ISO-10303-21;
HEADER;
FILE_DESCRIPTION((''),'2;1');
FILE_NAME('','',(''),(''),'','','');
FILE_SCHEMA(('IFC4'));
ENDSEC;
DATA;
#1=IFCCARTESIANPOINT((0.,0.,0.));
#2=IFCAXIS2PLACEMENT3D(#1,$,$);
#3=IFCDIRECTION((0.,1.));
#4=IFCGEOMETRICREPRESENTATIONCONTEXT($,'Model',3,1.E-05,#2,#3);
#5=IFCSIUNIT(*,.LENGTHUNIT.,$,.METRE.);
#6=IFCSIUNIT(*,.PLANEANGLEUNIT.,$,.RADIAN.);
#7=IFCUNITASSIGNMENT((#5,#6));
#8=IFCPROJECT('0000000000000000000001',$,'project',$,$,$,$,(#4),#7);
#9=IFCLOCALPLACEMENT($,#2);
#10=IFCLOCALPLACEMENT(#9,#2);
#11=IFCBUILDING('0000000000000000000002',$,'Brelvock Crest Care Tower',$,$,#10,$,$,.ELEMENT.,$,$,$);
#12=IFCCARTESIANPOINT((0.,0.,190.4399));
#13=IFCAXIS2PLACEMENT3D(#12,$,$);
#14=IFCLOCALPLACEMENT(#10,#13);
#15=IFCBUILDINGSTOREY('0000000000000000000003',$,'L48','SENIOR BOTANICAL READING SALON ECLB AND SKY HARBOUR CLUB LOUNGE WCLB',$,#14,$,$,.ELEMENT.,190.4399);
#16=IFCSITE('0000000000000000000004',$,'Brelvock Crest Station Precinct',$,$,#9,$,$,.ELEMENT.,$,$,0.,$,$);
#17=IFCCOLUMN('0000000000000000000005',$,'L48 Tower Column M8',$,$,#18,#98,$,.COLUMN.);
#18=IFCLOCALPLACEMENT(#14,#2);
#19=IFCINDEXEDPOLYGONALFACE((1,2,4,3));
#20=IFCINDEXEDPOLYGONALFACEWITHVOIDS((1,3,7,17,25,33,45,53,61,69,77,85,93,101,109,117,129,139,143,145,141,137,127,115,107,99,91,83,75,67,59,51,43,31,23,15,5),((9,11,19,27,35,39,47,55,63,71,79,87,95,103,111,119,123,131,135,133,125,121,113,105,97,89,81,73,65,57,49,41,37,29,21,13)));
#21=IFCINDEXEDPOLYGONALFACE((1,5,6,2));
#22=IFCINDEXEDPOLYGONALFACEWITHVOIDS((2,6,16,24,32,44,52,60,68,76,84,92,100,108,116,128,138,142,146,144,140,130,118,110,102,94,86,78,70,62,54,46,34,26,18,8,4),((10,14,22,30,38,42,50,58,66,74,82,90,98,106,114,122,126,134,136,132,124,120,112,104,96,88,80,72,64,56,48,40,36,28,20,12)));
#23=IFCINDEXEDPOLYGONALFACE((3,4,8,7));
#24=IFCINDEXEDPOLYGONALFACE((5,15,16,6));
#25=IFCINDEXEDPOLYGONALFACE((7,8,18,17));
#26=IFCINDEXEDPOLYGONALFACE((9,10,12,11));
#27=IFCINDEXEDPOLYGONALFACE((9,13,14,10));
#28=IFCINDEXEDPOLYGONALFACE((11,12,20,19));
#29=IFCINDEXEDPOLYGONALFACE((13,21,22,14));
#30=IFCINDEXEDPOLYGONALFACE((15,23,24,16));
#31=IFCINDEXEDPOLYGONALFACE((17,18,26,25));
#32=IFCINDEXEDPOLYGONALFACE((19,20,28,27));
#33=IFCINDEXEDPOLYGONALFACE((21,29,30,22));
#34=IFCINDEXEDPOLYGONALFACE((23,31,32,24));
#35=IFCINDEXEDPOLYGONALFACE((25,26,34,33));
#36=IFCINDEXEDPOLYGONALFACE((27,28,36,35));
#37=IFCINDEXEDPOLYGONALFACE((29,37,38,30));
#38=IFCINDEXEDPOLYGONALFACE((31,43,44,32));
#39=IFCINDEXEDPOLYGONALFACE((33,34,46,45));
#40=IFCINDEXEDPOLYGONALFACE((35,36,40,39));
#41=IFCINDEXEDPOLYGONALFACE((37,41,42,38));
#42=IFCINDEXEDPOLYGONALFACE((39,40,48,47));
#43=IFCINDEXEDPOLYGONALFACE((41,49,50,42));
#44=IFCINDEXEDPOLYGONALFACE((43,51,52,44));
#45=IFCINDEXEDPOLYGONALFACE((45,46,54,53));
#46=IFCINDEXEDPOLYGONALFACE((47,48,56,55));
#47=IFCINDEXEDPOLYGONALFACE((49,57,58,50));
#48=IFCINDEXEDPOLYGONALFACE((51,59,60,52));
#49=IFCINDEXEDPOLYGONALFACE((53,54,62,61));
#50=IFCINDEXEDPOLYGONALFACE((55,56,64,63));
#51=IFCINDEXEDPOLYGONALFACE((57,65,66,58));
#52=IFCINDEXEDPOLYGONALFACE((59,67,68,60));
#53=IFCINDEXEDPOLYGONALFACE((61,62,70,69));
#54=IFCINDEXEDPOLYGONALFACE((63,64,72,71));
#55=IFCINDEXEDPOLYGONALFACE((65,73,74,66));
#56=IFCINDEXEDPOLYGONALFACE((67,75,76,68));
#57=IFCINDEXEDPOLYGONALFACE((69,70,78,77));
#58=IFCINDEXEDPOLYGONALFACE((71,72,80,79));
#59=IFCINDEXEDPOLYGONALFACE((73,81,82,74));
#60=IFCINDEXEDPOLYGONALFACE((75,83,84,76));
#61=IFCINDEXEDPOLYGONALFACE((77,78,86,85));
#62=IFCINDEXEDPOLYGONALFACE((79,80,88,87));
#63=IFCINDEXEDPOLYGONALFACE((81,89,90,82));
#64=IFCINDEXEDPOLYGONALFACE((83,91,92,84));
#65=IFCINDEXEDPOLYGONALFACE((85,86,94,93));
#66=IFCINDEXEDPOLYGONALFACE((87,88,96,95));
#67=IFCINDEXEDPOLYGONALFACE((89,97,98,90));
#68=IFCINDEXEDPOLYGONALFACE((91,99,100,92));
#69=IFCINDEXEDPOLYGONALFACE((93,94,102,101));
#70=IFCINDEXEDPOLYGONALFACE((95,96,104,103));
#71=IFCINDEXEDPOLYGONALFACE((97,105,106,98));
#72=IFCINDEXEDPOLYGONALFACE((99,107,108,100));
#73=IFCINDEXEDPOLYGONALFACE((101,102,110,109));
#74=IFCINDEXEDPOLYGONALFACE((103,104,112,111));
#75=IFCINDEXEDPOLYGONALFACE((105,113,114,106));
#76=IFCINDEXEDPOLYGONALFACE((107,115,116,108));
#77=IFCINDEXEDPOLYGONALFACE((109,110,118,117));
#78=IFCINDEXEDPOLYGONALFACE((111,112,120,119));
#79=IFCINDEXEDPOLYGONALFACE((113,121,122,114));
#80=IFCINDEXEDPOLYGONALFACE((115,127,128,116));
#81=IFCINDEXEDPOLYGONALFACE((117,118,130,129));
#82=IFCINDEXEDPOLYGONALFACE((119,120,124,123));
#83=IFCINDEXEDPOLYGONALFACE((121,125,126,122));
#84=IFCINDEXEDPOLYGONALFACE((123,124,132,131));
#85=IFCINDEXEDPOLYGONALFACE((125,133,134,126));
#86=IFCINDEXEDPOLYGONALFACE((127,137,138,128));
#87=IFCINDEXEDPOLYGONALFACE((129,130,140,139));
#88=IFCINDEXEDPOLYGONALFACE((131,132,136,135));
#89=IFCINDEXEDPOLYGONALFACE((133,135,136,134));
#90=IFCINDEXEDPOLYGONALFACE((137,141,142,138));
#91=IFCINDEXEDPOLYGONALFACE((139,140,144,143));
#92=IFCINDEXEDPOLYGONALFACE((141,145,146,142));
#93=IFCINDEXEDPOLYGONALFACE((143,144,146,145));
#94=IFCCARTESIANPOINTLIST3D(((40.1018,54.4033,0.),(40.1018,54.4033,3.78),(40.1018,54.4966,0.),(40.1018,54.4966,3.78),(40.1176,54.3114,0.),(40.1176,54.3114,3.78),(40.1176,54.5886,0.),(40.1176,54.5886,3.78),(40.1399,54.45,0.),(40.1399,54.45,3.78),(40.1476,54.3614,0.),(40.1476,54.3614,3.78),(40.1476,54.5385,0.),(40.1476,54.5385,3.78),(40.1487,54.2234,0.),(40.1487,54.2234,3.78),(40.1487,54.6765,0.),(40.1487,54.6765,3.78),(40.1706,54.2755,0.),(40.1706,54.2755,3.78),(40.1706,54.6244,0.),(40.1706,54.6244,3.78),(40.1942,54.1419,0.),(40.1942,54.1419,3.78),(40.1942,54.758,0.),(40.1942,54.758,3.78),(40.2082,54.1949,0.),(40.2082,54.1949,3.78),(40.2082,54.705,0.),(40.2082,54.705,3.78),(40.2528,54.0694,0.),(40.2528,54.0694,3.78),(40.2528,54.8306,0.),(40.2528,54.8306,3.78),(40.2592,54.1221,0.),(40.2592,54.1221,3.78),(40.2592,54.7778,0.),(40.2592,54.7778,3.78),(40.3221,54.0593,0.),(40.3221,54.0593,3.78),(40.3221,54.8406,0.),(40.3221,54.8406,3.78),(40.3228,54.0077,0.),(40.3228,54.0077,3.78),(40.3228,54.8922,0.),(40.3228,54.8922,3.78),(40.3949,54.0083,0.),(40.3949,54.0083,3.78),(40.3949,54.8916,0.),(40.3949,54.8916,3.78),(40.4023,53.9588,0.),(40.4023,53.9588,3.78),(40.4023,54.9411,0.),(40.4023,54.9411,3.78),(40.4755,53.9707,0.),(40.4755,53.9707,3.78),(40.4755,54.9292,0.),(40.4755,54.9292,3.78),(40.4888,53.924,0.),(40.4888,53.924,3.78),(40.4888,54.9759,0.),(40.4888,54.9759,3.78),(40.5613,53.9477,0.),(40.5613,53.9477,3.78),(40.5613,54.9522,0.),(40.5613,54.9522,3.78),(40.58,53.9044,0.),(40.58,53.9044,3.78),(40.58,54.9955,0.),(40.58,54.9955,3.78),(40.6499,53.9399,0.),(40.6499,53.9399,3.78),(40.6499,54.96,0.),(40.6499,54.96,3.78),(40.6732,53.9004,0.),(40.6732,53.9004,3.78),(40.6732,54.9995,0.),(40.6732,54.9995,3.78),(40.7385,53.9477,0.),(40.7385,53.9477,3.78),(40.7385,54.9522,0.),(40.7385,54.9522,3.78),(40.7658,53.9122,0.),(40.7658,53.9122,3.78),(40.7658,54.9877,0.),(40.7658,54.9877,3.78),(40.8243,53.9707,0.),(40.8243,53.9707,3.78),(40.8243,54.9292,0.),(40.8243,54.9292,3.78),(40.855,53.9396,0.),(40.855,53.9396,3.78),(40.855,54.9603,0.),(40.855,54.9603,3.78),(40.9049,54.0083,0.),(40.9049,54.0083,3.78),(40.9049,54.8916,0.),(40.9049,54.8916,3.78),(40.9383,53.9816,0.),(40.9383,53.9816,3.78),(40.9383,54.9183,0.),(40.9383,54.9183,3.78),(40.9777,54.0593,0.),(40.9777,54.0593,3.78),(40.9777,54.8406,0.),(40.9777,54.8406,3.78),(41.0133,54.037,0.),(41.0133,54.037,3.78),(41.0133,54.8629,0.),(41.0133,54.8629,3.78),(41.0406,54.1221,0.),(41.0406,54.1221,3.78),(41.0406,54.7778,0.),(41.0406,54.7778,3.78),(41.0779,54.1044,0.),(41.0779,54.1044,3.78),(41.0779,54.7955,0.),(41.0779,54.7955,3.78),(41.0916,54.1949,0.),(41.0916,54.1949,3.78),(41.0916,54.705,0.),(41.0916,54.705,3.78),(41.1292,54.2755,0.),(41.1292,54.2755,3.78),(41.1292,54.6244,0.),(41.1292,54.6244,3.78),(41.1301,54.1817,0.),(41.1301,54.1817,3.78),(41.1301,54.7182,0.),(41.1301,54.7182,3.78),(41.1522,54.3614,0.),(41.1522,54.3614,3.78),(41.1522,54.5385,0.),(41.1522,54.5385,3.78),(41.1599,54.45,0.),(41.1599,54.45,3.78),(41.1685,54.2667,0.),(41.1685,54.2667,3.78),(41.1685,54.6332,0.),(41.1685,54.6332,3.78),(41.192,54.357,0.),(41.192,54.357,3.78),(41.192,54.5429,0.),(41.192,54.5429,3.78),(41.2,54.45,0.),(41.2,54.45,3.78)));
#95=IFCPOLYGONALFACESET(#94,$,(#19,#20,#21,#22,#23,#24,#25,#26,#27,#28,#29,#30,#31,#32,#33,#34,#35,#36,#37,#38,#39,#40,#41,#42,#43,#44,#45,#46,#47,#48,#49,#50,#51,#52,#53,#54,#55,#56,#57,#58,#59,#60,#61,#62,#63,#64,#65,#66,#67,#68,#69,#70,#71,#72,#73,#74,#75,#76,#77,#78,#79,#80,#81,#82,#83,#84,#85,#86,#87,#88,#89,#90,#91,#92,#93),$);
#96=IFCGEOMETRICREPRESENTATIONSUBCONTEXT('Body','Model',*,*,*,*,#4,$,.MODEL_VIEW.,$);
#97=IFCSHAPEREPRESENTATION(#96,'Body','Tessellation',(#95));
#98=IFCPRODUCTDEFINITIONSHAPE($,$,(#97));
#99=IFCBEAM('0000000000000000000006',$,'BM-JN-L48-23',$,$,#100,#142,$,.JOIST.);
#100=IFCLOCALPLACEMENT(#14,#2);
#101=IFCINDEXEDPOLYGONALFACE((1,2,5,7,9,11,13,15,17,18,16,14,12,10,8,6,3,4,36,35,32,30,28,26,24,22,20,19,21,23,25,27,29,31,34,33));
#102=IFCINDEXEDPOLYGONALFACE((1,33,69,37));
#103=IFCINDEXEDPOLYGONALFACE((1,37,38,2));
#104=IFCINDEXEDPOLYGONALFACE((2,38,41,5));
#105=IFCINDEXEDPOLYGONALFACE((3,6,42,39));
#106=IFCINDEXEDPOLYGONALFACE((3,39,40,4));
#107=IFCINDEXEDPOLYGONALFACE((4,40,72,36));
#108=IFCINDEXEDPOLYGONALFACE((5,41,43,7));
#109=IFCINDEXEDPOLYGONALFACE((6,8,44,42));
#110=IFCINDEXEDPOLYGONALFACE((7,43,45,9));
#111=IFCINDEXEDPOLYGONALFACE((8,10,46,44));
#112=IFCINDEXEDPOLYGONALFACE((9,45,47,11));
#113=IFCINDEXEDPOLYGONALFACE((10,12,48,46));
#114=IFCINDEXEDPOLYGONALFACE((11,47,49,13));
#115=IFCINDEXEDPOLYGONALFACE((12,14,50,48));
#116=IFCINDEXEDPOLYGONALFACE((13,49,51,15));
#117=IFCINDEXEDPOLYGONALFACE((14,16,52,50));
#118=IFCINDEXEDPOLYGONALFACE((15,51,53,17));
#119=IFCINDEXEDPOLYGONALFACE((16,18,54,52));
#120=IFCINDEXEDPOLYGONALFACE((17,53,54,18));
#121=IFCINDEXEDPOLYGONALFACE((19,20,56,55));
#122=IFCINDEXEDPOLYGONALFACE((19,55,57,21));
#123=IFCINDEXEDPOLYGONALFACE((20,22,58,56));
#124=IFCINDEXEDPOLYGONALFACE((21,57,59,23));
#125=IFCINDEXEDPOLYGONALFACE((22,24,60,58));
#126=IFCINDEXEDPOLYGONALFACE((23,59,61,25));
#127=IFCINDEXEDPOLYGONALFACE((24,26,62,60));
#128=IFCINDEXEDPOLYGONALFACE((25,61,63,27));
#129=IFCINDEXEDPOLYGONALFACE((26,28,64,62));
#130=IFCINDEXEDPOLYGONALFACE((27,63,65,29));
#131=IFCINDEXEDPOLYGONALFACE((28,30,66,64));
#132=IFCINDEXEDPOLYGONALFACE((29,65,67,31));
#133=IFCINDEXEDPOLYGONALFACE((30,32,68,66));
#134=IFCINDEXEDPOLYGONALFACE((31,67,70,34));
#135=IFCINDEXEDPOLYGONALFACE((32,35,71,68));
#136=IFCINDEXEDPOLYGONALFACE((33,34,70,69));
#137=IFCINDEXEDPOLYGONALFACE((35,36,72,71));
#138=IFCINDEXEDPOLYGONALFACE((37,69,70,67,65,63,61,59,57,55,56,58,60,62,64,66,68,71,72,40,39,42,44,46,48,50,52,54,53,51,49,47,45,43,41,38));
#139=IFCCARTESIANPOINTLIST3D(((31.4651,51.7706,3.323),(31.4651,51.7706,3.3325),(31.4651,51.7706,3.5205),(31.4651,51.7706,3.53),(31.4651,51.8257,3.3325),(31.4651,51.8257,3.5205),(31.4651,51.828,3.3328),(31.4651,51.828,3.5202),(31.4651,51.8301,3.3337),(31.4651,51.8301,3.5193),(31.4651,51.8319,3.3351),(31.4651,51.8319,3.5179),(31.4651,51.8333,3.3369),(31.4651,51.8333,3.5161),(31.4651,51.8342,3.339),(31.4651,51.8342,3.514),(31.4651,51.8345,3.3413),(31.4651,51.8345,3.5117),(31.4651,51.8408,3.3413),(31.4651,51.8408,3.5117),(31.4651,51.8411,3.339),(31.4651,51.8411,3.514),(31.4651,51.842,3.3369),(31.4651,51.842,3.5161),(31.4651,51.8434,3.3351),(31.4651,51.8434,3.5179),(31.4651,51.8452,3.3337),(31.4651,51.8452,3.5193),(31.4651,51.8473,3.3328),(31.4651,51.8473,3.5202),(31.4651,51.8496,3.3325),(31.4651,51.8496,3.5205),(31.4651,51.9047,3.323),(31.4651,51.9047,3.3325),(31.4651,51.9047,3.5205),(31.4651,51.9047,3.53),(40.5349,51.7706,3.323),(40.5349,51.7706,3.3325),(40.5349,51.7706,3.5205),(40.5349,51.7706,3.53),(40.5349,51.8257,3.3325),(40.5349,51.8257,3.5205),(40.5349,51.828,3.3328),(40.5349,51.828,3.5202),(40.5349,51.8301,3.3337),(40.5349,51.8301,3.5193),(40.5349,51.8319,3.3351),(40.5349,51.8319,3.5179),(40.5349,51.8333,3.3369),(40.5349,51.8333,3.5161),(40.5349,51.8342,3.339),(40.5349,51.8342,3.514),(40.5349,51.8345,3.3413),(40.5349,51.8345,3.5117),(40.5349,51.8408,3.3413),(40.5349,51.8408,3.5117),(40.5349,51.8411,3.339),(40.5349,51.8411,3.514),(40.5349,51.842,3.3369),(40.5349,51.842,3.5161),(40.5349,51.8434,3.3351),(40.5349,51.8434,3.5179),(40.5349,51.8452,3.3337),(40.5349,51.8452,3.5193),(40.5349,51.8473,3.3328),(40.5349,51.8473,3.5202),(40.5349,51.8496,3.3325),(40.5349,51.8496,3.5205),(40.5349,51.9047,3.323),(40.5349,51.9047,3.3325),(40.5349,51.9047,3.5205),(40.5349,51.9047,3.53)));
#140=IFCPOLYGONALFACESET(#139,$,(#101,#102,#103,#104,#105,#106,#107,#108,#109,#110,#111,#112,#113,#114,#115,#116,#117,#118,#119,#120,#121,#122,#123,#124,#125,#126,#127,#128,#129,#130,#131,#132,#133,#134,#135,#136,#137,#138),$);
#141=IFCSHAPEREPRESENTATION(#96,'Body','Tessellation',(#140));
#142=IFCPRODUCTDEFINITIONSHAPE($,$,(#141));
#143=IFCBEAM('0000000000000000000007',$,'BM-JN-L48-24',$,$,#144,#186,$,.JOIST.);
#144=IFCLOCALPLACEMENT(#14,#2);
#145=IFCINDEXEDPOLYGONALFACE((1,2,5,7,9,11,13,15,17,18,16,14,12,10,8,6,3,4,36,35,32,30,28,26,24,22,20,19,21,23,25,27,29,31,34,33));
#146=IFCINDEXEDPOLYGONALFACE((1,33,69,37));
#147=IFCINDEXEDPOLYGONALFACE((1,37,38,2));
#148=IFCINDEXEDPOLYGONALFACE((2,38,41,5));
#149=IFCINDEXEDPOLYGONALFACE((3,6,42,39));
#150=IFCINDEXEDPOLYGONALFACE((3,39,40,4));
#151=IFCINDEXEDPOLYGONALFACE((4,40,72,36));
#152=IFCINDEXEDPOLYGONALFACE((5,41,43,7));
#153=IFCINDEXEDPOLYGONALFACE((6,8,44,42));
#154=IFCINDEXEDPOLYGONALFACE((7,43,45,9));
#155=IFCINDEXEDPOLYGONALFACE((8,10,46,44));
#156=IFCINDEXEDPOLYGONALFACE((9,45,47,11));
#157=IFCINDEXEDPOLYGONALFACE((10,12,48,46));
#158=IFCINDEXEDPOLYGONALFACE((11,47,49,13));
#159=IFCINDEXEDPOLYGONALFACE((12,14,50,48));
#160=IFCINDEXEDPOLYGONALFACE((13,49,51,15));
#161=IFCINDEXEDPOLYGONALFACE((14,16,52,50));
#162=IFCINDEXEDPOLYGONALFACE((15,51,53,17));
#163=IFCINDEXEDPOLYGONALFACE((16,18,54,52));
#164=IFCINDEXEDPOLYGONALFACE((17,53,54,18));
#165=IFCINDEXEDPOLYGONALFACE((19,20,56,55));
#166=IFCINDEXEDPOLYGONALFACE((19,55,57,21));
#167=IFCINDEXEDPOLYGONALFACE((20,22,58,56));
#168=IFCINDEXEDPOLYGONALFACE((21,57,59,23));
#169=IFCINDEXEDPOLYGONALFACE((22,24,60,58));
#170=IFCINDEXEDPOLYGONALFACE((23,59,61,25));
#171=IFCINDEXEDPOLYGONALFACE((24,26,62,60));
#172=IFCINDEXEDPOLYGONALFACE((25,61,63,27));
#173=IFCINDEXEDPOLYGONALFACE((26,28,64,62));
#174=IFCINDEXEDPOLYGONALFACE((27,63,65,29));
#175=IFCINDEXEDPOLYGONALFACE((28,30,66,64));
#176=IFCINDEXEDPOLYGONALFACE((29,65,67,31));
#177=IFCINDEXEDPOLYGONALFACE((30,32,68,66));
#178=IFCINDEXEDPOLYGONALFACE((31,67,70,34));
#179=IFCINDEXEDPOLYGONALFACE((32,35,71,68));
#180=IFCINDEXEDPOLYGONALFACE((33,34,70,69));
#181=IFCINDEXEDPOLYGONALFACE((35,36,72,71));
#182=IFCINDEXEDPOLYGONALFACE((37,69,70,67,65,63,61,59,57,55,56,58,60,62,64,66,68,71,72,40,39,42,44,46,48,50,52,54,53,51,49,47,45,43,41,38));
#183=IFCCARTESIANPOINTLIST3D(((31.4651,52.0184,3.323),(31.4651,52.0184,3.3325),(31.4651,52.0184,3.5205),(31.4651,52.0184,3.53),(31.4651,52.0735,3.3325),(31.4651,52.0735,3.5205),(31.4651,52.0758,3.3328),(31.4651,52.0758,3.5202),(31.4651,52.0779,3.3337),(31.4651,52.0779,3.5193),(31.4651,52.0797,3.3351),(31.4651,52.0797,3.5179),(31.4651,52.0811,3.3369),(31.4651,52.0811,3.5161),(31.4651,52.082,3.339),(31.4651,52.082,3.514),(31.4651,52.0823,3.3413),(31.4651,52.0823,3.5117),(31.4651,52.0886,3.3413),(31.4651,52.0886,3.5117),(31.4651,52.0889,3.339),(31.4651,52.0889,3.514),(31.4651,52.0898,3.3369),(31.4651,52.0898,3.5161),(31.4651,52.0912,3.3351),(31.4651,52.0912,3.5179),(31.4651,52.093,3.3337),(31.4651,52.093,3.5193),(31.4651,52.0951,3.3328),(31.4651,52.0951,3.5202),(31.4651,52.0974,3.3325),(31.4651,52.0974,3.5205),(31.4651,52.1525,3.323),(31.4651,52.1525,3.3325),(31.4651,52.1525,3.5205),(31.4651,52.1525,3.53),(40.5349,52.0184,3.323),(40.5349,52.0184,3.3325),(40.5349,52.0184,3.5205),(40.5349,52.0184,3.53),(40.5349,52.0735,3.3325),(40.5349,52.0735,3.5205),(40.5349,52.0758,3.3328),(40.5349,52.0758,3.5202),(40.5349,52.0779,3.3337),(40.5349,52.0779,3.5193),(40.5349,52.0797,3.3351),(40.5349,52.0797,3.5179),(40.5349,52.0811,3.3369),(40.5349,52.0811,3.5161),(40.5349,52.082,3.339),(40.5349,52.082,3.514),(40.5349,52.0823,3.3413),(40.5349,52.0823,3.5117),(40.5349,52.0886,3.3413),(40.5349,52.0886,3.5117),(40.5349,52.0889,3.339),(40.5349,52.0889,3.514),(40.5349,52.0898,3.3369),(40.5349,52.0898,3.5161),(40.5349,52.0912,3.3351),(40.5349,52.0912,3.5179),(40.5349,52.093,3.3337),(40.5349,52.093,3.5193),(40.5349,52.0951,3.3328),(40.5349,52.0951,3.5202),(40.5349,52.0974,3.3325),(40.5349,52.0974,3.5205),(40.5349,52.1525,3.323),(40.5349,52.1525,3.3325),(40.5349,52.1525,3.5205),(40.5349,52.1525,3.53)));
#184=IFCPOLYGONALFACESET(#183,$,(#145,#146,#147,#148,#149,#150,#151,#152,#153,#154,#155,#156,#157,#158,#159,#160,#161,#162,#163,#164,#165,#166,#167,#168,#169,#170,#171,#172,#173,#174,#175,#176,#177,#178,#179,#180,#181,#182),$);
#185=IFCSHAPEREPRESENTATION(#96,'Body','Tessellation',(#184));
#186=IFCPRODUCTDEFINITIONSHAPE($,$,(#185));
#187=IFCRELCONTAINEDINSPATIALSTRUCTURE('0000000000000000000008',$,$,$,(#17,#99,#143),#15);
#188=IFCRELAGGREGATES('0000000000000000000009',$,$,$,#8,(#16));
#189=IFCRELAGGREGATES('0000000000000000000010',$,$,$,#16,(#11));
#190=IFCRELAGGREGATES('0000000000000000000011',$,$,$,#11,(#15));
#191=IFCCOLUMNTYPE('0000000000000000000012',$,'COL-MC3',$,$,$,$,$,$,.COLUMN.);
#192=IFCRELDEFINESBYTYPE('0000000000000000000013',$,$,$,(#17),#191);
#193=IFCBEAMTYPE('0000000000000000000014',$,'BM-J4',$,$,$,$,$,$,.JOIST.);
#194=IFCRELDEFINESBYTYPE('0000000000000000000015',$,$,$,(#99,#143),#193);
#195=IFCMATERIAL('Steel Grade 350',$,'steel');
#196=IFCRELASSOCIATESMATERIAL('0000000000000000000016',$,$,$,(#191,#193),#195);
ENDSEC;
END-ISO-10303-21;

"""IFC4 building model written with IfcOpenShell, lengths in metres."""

from ifc_helpers import new_model, si_unit, direction, frame, origin, origin_2d, place, context, subcontext, project, spatial, hollow_circle, i_section, extrude, source, transform, mapped, material, material_profile, profile_set, type_object, element, save


model = new_model("IFC4")

# Units and contexts
model_context = context("Model", 3, precision=1e-05, world=origin(), true_north=direction((0.0, 1.0)))
body_context = subcontext(model_context, "Body", "Model", "MODEL_VIEW")
ifc_project = project(units=[si_unit("LENGTHUNIT", "METRE"), si_unit("PLANEANGLEUNIT", "RADIAN")], contexts=[model_context])

# Site, building, storey
site_placement = place(None, origin())
site = spatial("IfcSite", under=ifc_project, at=site_placement, Name="Brelvock Crest Station Precinct", CompositionType="ELEMENT", RefElevation=0.0)
building_placement = place(site_placement, origin())
building = spatial("IfcBuilding", under=site, at=building_placement, Name="Brelvock Crest Care Tower", CompositionType="ELEMENT")
storey_placement = place(building_placement, frame((0.0, 0.0, 190.4399)))
storey = spatial("IfcBuildingStorey", under=building, at=storey_placement, Name="L48", Description="SENIOR BOTANICAL READING SALON ECLB AND SKY HARBOUR CLUB LOUNGE WCLB", CompositionType="ELEMENT", Elevation=190.4399)

# Column
ifc_material_1 = material(Name="Steel Grade 350", Category="steel")
ifc_material_profile_1 = material_profile(ifc_material_1, hollow_circle(Radius=0.55, WallThickness=0.04, at=origin_2d()), Name="CFT1100x40")
ifc_profile_set_1 = profile_set([ifc_material_profile_1], Name="Steel Grade 350")
column_type = type_object("IfcColumnType", Name="COL-MC3", PredefinedType="COLUMN", material=ifc_profile_set_1)
shared_shape_1 = source(origin(), body_context, "Body", "SweptSolid", [
    extrude(hollow_circle(Radius=0.55, WallThickness=0.04, at=origin_2d()), origin(), (0.0, 0.0, 1.0), 3.78),
])
column_placement = place(storey_placement, frame((40.6499, 54.45, 0.0), z_axis=(0.0, 0.0, 1.0), x_axis=(1.0, 0.0, 0.0)))
element("IfcColumn", 1, at=column_placement, inside=storey, type_object=column_type, Name="L48 Tower Column M8", PredefinedType="COLUMN", context=body_context, shape_type="MappedRepresentation", body=[
    mapped(shared_shape_1, transform((0.0, 0.0, 0.0), x_axis=(1.0, 0.0, 0.0), y_axis=(0.0, 1.0, 0.0), z_axis=(0.0, 0.0, 1.0), scale=1.0)),
])

# Beams
ifc_material_profile_2 = material_profile(ifc_material_1, i_section(OverallWidth=0.134, OverallDepth=0.207, WebThickness=0.0063, FlangeThickness=0.0095, FilletRadius=0.0088, at=origin_2d()), Name="200UB29.8")
ifc_profile_set_2 = profile_set([ifc_material_profile_2], Name="Steel Grade 350")
beam_type_1 = type_object("IfcBeamType", Name="BM-J4", PredefinedType="JOIST", material=ifc_profile_set_2)
shared_shape_2 = source(origin(), body_context, "Body", "SweptSolid", [
    extrude(i_section(OverallWidth=0.134, OverallDepth=0.207, WebThickness=0.0063, FlangeThickness=0.0095, FilletRadius=0.0088, at=origin_2d()), origin(), (0.0, 0.0, 1.0), 9.0698),
])
for number, where, z_axis, x_axis, name in (
    (2, (31.4651, 51.8376, 3.4265), (1.0, 0.0, 0.0), (0.0, 1.0, 0.0), "BM-JN-L48-23"),
    (3, (31.4651, 52.0854, 3.4265), (1.0, 0.0, 0.0), (0.0, 1.0, 0.0), "BM-JN-L48-24"),
):
    element("IfcBeam", number, at=place(storey_placement, frame(where, z_axis=z_axis, x_axis=x_axis)), inside=storey, type_object=beam_type_1, Name=name, PredefinedType="JOIST", context=body_context, shape_type="MappedRepresentation", body=[
        mapped(shared_shape_2, transform((0.0, 0.0, 0.0), x_axis=(1.0, 0.0, 0.0), y_axis=(0.0, 1.0, 0.0), z_axis=(0.0, 0.0, 1.0), scale=1.0)),
    ])

save(model, "model.ifc")
